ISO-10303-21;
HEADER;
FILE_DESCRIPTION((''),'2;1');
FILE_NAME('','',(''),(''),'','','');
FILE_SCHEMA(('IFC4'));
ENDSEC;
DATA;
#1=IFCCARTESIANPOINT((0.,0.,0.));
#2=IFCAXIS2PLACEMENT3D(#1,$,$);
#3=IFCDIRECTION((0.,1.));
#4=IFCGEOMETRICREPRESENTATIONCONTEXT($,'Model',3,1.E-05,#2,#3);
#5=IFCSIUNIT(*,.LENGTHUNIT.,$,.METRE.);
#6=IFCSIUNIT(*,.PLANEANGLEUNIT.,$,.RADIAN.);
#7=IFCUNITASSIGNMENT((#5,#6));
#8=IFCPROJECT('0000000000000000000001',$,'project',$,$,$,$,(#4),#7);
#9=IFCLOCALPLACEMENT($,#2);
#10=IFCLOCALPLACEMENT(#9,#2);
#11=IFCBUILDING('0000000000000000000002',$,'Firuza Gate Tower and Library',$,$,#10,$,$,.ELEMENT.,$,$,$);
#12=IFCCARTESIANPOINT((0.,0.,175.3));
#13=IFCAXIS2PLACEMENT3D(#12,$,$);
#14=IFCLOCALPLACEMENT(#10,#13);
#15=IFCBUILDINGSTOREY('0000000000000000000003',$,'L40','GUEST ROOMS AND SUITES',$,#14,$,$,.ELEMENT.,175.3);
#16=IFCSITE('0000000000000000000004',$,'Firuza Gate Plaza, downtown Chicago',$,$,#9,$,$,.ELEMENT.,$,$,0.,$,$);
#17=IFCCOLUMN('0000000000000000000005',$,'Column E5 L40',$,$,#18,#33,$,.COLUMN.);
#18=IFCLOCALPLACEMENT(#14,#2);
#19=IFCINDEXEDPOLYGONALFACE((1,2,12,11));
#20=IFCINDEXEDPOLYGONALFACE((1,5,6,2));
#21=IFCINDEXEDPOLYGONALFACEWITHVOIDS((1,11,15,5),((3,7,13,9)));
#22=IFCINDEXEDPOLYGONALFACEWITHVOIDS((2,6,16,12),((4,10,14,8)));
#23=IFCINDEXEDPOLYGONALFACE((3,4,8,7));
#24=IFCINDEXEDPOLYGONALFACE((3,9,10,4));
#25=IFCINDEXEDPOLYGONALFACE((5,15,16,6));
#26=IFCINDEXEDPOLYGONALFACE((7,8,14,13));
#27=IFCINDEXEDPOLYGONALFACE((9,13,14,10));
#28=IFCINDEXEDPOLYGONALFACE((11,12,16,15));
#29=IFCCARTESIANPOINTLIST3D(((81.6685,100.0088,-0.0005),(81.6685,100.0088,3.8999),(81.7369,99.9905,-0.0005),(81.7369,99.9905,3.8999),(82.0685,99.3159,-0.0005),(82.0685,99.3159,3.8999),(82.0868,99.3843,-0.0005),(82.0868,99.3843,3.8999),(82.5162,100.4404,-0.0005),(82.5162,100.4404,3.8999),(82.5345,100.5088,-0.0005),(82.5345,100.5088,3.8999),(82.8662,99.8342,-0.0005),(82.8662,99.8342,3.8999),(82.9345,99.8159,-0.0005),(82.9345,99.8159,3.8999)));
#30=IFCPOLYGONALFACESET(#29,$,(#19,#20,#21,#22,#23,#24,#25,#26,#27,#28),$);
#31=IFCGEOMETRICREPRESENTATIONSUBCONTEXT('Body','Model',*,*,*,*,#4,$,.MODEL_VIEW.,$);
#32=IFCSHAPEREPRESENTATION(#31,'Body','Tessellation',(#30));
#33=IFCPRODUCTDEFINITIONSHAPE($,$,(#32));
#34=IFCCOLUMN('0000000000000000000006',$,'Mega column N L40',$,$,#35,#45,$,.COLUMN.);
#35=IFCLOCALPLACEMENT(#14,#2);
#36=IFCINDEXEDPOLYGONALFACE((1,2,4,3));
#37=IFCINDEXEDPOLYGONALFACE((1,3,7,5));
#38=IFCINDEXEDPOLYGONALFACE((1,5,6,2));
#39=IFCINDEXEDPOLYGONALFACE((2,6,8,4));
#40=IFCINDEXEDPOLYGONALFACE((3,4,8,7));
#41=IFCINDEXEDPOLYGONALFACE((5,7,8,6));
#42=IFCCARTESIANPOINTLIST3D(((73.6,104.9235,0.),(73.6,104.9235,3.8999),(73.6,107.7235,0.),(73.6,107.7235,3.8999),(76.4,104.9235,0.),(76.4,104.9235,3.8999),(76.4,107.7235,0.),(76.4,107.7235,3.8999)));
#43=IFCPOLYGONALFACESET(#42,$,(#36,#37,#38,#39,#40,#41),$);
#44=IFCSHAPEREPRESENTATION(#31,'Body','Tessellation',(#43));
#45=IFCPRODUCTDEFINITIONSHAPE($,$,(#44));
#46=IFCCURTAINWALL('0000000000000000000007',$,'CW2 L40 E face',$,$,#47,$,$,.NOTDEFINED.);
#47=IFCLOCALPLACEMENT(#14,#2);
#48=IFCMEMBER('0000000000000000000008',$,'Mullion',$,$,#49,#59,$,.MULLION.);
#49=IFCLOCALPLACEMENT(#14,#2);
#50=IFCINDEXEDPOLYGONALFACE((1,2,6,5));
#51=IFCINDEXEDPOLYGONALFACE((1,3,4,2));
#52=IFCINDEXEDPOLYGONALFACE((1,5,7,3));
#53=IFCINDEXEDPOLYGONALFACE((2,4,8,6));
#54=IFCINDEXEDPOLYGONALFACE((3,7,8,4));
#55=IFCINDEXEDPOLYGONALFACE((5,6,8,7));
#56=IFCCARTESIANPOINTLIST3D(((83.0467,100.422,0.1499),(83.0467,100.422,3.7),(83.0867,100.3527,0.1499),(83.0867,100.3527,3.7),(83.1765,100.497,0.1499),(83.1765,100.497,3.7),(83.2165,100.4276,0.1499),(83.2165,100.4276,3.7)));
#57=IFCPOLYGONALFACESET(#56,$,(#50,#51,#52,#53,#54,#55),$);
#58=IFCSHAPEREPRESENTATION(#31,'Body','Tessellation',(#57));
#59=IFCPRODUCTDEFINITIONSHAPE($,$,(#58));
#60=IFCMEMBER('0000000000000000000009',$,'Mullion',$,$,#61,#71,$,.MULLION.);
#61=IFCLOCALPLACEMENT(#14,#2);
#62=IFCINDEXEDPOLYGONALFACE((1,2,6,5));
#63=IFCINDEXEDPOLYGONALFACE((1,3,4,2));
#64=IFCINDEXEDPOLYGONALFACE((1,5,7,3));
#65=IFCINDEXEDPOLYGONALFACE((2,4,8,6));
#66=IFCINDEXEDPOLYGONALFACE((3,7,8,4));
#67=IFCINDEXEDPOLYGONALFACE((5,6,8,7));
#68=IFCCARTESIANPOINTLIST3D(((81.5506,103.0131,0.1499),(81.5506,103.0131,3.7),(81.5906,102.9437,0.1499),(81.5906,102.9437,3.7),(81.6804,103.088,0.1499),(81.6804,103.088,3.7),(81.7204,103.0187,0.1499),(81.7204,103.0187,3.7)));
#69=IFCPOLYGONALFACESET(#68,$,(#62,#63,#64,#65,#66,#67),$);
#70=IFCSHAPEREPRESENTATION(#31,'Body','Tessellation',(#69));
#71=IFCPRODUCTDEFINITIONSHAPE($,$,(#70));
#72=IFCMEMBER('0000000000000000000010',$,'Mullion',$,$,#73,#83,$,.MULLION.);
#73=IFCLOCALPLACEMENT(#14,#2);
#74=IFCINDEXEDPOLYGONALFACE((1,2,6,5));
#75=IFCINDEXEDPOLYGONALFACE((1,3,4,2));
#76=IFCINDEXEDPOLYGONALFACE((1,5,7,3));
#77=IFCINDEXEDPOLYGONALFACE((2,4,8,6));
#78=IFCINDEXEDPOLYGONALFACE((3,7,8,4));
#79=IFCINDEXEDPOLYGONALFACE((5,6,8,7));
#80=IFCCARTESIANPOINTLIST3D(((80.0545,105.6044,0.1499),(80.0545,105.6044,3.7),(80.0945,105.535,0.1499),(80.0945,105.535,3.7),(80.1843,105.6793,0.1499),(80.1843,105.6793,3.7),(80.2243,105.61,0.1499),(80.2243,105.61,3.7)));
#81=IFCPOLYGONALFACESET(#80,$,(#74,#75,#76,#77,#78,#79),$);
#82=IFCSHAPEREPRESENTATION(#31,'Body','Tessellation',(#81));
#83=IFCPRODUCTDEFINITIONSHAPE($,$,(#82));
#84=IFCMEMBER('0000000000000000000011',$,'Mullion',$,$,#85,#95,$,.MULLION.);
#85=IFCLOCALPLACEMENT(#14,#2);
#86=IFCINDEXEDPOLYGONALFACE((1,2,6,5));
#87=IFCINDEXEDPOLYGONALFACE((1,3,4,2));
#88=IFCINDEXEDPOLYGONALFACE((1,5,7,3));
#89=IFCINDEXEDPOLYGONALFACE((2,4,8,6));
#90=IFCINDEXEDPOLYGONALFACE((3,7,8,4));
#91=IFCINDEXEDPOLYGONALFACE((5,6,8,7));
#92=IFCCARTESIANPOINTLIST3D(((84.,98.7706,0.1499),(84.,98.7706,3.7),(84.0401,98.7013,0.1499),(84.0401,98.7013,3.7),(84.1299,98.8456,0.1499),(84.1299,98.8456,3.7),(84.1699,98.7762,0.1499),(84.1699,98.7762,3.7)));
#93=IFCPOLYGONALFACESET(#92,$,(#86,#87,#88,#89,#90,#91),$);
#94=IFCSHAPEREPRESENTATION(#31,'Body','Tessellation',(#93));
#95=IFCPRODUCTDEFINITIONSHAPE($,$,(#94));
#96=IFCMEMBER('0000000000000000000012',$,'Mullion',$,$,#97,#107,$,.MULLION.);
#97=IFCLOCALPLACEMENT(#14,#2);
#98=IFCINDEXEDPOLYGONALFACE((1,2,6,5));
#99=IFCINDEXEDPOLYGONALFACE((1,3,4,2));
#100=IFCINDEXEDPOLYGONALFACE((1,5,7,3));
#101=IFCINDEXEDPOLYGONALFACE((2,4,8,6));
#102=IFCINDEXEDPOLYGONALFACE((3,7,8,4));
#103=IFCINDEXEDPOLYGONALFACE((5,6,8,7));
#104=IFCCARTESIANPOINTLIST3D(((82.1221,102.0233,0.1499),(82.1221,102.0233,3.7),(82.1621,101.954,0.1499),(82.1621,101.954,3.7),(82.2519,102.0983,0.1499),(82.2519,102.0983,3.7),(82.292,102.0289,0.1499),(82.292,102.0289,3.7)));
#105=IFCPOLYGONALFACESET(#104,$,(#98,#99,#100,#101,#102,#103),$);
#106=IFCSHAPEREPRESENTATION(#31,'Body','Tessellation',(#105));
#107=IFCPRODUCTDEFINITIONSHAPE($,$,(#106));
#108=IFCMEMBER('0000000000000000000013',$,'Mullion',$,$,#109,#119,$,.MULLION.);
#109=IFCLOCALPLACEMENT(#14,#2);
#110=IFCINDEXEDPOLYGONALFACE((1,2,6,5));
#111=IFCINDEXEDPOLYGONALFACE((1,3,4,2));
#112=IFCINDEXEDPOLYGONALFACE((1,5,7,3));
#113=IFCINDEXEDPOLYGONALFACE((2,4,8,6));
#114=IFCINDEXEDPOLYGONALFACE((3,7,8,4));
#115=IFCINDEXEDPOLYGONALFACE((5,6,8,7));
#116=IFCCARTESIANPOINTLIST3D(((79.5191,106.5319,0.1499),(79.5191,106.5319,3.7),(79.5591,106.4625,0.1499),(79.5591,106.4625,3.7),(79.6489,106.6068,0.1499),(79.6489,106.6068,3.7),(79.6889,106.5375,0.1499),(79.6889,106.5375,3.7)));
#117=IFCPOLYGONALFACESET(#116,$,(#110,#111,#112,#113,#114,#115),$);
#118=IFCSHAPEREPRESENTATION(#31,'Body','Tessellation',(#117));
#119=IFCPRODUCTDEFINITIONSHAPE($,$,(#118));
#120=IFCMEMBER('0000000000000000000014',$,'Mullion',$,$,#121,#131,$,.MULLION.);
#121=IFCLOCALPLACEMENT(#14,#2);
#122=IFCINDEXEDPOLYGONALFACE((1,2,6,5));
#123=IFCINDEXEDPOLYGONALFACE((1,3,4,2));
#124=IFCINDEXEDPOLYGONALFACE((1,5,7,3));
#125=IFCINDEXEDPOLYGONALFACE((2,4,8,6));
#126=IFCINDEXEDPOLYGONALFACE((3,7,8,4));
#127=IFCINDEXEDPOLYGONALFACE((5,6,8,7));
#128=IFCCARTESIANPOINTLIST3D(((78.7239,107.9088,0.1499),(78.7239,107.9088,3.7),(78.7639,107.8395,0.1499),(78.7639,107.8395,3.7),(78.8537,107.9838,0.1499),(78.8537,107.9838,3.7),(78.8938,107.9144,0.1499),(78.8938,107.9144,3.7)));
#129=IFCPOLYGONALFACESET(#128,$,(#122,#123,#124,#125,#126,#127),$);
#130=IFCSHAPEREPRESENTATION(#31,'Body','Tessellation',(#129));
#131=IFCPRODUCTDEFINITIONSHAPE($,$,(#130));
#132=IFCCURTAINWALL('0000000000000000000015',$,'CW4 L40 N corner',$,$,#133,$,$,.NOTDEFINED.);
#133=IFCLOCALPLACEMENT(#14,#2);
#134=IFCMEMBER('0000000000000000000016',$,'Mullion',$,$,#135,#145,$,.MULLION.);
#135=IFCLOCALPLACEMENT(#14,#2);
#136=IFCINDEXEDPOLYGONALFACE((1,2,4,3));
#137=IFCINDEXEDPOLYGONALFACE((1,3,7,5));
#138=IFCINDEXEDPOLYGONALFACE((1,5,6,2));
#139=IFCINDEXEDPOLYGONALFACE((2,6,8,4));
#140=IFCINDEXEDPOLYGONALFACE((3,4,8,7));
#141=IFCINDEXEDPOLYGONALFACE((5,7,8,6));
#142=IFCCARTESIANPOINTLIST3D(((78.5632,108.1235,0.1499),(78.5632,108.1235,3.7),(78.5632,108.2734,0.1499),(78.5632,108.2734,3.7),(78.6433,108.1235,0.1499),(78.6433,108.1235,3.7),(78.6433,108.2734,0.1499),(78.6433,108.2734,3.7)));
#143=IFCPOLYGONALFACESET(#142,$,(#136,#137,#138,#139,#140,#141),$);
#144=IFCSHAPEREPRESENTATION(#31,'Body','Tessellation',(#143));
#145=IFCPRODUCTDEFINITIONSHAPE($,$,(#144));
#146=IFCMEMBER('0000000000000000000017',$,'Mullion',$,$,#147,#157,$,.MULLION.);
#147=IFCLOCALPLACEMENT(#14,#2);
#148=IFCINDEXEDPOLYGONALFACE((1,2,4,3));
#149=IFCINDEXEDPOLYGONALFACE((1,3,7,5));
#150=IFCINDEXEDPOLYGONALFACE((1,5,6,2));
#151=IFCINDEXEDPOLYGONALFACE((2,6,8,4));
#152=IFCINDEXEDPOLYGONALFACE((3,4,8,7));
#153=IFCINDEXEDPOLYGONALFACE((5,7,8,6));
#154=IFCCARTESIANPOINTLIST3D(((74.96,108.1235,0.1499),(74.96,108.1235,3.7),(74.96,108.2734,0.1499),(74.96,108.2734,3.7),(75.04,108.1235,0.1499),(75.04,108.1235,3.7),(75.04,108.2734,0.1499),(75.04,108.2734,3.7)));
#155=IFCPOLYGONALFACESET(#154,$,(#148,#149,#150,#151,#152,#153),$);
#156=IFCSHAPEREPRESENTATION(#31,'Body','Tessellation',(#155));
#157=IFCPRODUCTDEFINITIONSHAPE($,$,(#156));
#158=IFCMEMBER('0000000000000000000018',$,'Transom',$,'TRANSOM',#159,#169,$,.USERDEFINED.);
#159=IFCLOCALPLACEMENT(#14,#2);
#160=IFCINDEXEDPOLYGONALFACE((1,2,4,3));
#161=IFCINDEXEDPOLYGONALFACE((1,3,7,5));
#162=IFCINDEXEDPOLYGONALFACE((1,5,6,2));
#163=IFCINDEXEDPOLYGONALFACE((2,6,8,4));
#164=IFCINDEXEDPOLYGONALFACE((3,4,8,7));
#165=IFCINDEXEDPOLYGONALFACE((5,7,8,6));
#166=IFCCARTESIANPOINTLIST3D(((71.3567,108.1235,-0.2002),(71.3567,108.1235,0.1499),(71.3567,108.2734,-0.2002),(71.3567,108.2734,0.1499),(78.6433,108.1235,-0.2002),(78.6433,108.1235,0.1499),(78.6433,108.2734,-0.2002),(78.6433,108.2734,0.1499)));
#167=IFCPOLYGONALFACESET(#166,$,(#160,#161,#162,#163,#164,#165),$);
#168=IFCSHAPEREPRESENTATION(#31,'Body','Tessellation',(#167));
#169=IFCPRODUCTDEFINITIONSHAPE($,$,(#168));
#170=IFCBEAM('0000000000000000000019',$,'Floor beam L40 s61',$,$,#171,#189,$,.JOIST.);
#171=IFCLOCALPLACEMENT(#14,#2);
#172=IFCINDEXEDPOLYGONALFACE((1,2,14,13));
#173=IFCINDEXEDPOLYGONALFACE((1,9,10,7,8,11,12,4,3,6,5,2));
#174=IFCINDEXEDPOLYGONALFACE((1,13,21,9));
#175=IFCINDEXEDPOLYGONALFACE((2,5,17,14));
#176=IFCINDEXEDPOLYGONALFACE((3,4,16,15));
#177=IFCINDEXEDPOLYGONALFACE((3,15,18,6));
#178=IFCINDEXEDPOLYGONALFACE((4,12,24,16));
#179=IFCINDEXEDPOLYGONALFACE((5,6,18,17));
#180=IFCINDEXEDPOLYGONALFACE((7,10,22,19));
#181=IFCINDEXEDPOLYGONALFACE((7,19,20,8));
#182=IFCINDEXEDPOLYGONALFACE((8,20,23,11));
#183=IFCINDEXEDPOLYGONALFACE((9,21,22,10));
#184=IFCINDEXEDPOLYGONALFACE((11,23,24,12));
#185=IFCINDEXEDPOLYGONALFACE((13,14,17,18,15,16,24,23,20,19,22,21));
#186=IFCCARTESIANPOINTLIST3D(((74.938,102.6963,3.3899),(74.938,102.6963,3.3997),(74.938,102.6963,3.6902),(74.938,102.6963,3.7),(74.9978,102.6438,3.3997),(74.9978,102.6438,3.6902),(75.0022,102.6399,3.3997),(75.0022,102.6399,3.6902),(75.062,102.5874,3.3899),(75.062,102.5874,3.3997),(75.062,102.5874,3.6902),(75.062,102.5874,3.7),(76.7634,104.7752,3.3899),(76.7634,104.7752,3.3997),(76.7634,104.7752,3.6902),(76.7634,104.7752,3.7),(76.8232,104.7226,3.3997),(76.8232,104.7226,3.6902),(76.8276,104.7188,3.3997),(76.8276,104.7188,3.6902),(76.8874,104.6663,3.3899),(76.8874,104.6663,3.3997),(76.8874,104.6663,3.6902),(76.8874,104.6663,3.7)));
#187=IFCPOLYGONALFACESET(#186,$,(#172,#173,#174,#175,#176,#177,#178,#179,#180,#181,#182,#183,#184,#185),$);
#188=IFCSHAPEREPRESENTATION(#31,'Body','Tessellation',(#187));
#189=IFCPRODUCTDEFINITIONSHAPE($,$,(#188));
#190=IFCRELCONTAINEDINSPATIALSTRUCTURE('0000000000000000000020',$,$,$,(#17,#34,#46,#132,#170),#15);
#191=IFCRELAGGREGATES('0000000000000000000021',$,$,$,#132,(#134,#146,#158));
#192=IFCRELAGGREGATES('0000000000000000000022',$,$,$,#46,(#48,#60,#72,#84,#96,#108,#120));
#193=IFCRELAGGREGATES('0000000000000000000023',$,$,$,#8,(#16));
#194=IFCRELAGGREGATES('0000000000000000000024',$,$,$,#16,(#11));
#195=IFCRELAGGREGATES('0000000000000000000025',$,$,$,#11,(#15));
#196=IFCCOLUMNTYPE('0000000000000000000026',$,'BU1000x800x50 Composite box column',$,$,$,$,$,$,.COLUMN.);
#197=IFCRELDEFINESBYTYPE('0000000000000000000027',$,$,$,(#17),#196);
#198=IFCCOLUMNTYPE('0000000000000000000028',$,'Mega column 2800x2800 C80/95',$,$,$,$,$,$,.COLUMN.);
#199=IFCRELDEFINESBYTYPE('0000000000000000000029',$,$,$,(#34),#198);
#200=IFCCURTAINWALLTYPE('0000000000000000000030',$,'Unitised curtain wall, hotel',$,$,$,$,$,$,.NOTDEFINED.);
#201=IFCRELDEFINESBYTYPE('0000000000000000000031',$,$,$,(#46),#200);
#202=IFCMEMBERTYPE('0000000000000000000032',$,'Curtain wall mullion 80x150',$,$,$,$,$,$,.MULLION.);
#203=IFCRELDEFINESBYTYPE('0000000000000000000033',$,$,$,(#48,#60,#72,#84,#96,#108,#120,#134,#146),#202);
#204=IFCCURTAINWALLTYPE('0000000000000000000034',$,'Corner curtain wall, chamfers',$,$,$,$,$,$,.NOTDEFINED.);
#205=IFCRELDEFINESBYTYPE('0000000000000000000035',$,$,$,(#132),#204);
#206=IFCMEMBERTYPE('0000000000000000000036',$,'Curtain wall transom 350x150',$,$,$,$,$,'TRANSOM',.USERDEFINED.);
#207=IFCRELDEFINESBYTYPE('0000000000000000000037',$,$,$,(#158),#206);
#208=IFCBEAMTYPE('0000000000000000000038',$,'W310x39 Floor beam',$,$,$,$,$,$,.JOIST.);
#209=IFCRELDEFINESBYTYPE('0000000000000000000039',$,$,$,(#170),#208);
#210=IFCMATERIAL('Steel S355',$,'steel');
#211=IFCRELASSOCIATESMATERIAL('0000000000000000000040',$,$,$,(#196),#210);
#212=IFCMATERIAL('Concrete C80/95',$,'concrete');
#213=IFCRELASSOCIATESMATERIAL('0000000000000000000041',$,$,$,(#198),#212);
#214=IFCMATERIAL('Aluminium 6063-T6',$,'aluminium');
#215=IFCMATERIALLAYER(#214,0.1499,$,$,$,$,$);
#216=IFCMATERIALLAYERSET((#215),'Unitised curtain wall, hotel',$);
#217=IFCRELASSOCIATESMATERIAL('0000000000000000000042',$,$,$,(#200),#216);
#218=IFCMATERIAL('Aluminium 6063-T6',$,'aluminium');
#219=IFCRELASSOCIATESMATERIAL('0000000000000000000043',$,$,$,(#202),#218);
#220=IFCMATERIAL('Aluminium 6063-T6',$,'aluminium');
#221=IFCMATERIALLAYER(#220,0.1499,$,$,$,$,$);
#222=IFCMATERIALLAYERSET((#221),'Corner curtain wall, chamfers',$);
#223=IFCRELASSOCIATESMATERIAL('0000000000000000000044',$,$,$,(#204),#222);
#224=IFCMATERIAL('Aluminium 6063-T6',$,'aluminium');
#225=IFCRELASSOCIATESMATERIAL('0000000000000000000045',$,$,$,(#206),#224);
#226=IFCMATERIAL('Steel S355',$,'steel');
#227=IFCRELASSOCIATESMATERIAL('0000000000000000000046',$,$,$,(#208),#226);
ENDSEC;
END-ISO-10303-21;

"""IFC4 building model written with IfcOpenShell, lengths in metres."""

from ifc_helpers import new_model, si_unit, direction, frame, origin, origin_2d, place, context, subcontext, project, spatial, rectangle, hollow_rectangle, i_section, extrude, material, layer, layer_set, material_profile, profile_set, type_object, element, aggregate, save


model = new_model("IFC4")

# Units and contexts
model_context = context("Model", 3, precision=1e-05, world=origin(), true_north=direction((0.0, 1.0)))
body_context = subcontext(model_context, "Body", "Model", "MODEL_VIEW")
ifc_project = project(units=[si_unit("LENGTHUNIT", "METRE"), si_unit("PLANEANGLEUNIT", "RADIAN")], contexts=[model_context])

# Site, building, storey
site_placement = place(None, origin())
site = spatial("IfcSite", under=ifc_project, at=site_placement, Name="Firuza Gate Plaza, downtown Chicago", CompositionType="ELEMENT", RefElevation=0.0)
building_placement = place(site_placement, origin())
building = spatial("IfcBuilding", under=site, at=building_placement, Name="Firuza Gate Tower and Library", CompositionType="ELEMENT")
storey_placement = place(building_placement, frame((0.0, 0.0, 175.3)))
storey = spatial("IfcBuildingStorey", under=building, at=storey_placement, Name="L40", Description="GUEST ROOMS AND SUITES", CompositionType="ELEMENT", Elevation=175.3)

# Columns
ifc_material_1 = material(Name="Steel S355", Category="steel")
ifc_material_profile_1 = material_profile(ifc_material_1, hollow_rectangle(XDim=0.8, YDim=1.0, WallThickness=0.05, at=origin_2d()))
ifc_profile_set_1 = profile_set([ifc_material_profile_1], Name="Steel S355")
column_type_1 = type_object("IfcColumnType", Name="BU1000x800x50 Composite box column", PredefinedType="COLUMN", material=ifc_profile_set_1)
column_1_placement = place(storey_placement, frame((82.3015, 99.9124, -0.0005), z_axis=(0.0, 0.0, 1.0), x_axis=(-0.5, 0.866025, 0.0)))
element("IfcColumn", 1, at=column_1_placement, inside=storey, type_object=column_type_1, Name="Column E5 L40", PredefinedType="COLUMN", context=body_context, shape_type="SweptSolid", body=[
    extrude(hollow_rectangle(XDim=0.8, YDim=1.0, WallThickness=0.05, at=origin_2d()), origin(), (0.0, 0.0, 1.0), 3.9004),
])
ifc_material_2 = material(Name="Concrete C80/95", Category="concrete")
ifc_material_profile_2 = material_profile(ifc_material_2, rectangle(XDim=2.8, YDim=2.8, at=origin_2d()))
ifc_profile_set_2 = profile_set([ifc_material_profile_2], Name="Concrete C80/95")
column_type_2 = type_object("IfcColumnType", Name="Mega column 2800x2800 C80/95", PredefinedType="COLUMN", material=ifc_profile_set_2)
column_2_placement = place(storey_placement, frame((75.0, 106.3235, 0.0), z_axis=(0.0, 0.0, 1.0), x_axis=(-1.0, 0.0, 0.0)))
element("IfcColumn", 2, at=column_2_placement, inside=storey, type_object=column_type_2, Name="Mega column N L40", PredefinedType="COLUMN", context=body_context, shape_type="SweptSolid", body=[
    extrude(rectangle(XDim=2.8, YDim=2.8, at=origin_2d()), origin(), (0.0, 0.0, 1.0), 3.8999),
])

# Curtain walls, members
ifc_material_3 = material(Name="Aluminium 6063-T6", Category="aluminium")
ifc_layer_1 = layer(ifc_material_3, 0.1499)
ifc_layer_set_1 = layer_set([ifc_layer_1], Name="Unitised curtain wall, hotel")
curtain_wall_type_1 = type_object("IfcCurtainWallType", Name="Unitised curtain wall, hotel", PredefinedType="NOTDEFINED", material=ifc_layer_set_1)
placement = place(storey_placement, origin())
curtain_wall_1 = element("IfcCurtainWall", 3, at=placement, inside=storey, type_object=curtain_wall_type_1, Name="CW2 L40 E face", PredefinedType="NOTDEFINED")
ifc_material_4 = material(Name="Aluminium 6063-T6", Category="aluminium")
ifc_material_profile_3 = material_profile(ifc_material_4, rectangle(XDim=0.1499, YDim=0.0801, at=origin_2d()))
ifc_profile_set_3 = profile_set([ifc_material_profile_3], Name="Aluminium 6063-T6")
member_type_1 = type_object("IfcMemberType", Name="Curtain wall mullion 80x150", PredefinedType="MULLION", material=ifc_profile_set_3)
member_1_placement = place(storey_placement, frame((83.1316, 100.4248, 0.1499), z_axis=(0.0, 0.0, 1.0), x_axis=(-0.866025, -0.5, 0.0)))
member_1 = element("IfcMember", 4, at=member_1_placement, type_object=member_type_1, Name="Mullion", PredefinedType="MULLION", context=body_context, shape_type="SweptSolid", body=[
    extrude(rectangle(XDim=0.1499, YDim=0.0801, at=origin_2d()), origin(), (0.0, 0.0, 1.0), 3.55),
])
member_2_placement = place(storey_placement, frame((81.6355, 103.0159, 0.1499), z_axis=(0.0, 0.0, 1.0), x_axis=(-0.866025, -0.5, 0.0)))
member_2 = element("IfcMember", 5, at=member_2_placement, type_object=member_type_1, Name="Mullion", PredefinedType="MULLION", context=body_context, shape_type="SweptSolid", body=[
    extrude(rectangle(XDim=0.1499, YDim=0.0801, at=origin_2d()), origin(), (0.0, 0.0, 1.0), 3.55),
])
member_3_placement = place(storey_placement, frame((80.1394, 105.6072, 0.1499), z_axis=(0.0, 0.0, 1.0), x_axis=(-0.866025, -0.5, 0.0)))
member_3 = element("IfcMember", 6, at=member_3_placement, type_object=member_type_1, Name="Mullion", PredefinedType="MULLION", context=body_context, shape_type="SweptSolid", body=[
    extrude(rectangle(XDim=0.1499, YDim=0.0801, at=origin_2d()), origin(), (0.0, 0.0, 1.0), 3.55),
])
member_4_placement = place(storey_placement, frame((84.085, 98.7734, 0.1499), z_axis=(0.0, 0.0, 1.0), x_axis=(-0.866025, -0.5, 0.0)))
member_4 = element("IfcMember", 7, at=member_4_placement, type_object=member_type_1, Name="Mullion", PredefinedType="MULLION", context=body_context, shape_type="SweptSolid", body=[
    extrude(rectangle(XDim=0.1499, YDim=0.0801, at=origin_2d()), origin(), (0.0, 0.0, 1.0), 3.55),
])
member_5_placement = place(storey_placement, frame((82.207, 102.0261, 0.1499), z_axis=(0.0, 0.0, 1.0), x_axis=(-0.866025, -0.5, 0.0)))
member_5 = element("IfcMember", 8, at=member_5_placement, type_object=member_type_1, Name="Mullion", PredefinedType="MULLION", context=body_context, shape_type="SweptSolid", body=[
    extrude(rectangle(XDim=0.1499, YDim=0.0801, at=origin_2d()), origin(), (0.0, 0.0, 1.0), 3.55),
])
member_6_placement = place(storey_placement, frame((79.604, 106.5347, 0.1499), z_axis=(0.0, 0.0, 1.0), x_axis=(-0.866025, -0.5, 0.0)))
member_6 = element("IfcMember", 9, at=member_6_placement, type_object=member_type_1, Name="Mullion", PredefinedType="MULLION", context=body_context, shape_type="SweptSolid", body=[
    extrude(rectangle(XDim=0.1499, YDim=0.0801, at=origin_2d()), origin(), (0.0, 0.0, 1.0), 3.55),
])
member_7_placement = place(storey_placement, frame((78.8088, 107.9116, 0.1499), z_axis=(0.0, 0.0, 1.0), x_axis=(-0.866025, -0.5, 0.0)))
member_7 = element("IfcMember", 10, at=member_7_placement, type_object=member_type_1, Name="Mullion", PredefinedType="MULLION", context=body_context, shape_type="SweptSolid", body=[
    extrude(rectangle(XDim=0.1499, YDim=0.0801, at=origin_2d()), origin(), (0.0, 0.0, 1.0), 3.55),
])
ifc_material_5 = material(Name="Aluminium 6063-T6", Category="aluminium")
ifc_layer_2 = layer(ifc_material_5, 0.1499)
ifc_layer_set_2 = layer_set([ifc_layer_2], Name="Corner curtain wall, chamfers")
curtain_wall_type_2 = type_object("IfcCurtainWallType", Name="Corner curtain wall, chamfers", PredefinedType="NOTDEFINED", material=ifc_layer_set_2)
curtain_wall_2 = element("IfcCurtainWall", 11, at=placement, inside=storey, type_object=curtain_wall_type_2, Name="CW4 L40 N corner", PredefinedType="NOTDEFINED")
member_8_placement = place(storey_placement, frame((78.6033, 108.1985, 0.1499), z_axis=(0.0, 0.0, 1.0), x_axis=(0.0, -1.0, 0.0)))
member_8 = element("IfcMember", 12, at=member_8_placement, type_object=member_type_1, Name="Mullion", PredefinedType="MULLION", context=body_context, shape_type="SweptSolid", body=[
    extrude(rectangle(XDim=0.1499, YDim=0.0801, at=origin_2d()), origin(), (0.0, 0.0, 1.0), 3.55),
])
member_9_placement = place(storey_placement, frame((75.0, 108.1985, 0.1499), z_axis=(0.0, 0.0, 1.0), x_axis=(0.0, -1.0, 0.0)))
member_9 = element("IfcMember", 13, at=member_9_placement, type_object=member_type_1, Name="Mullion", PredefinedType="MULLION", context=body_context, shape_type="SweptSolid", body=[
    extrude(rectangle(XDim=0.1499, YDim=0.0801, at=origin_2d()), origin(), (0.0, 0.0, 1.0), 3.55),
])
ifc_material_6 = material(Name="Aluminium 6063-T6", Category="aluminium")
ifc_material_profile_4 = material_profile(ifc_material_6, rectangle(XDim=0.1499, YDim=0.3501, at=origin_2d()))
ifc_profile_set_4 = profile_set([ifc_material_profile_4], Name="Aluminium 6063-T6")
member_type_2 = type_object("IfcMemberType", Name="Curtain wall transom 350x150", ElementType="TRANSOM", PredefinedType="USERDEFINED", material=ifc_profile_set_4)
member_10_placement = place(storey_placement, frame((78.6433, 108.1985, -0.0251), z_axis=(-1.0, 0.0, 0.0), x_axis=(0.0, -1.0, 0.0)))
member_10 = element("IfcMember", 14, at=member_10_placement, type_object=member_type_2, Name="Transom", ObjectType="TRANSOM", PredefinedType="USERDEFINED", context=body_context, shape_type="SweptSolid", body=[
    extrude(rectangle(XDim=0.1499, YDim=0.3501, at=origin_2d()), origin(), (0.0, 0.0, 1.0), 7.2866),
])

# Beam
ifc_material_7 = material(Name="Steel S355", Category="steel")
ifc_material_profile_5 = material_profile(ifc_material_7, i_section(OverallWidth=0.165, OverallDepth=0.3101, WebThickness=0.0059, FlangeThickness=0.0098, at=origin_2d()))
ifc_profile_set_5 = profile_set([ifc_material_profile_5], Name="Steel S355")
beam_type_1 = type_object("IfcBeamType", Name="W310x39 Floor beam", PredefinedType="JOIST", material=ifc_profile_set_5)
beam_1_placement = place(storey_placement, frame((76.8254, 104.7207, 3.5449), z_axis=(-0.659822, -0.751422, 0.0), x_axis=(0.751422, -0.659822, 0.0)))
element("IfcBeam", 15, at=beam_1_placement, inside=storey, type_object=beam_type_1, Name="Floor beam L40 s61", PredefinedType="JOIST", context=body_context, shape_type="SweptSolid", body=[
    extrude(i_section(OverallWidth=0.165, OverallDepth=0.3101, WebThickness=0.0059, FlangeThickness=0.0098, at=origin_2d()), origin(), (0.0, 0.0, 1.0), 2.7666),
])

aggregate(curtain_wall_2, [member_8, member_9, member_10])
aggregate(curtain_wall_1, [member_1, member_2, member_3, member_4, member_5, member_6, member_7])

save(model, "model.ifc")
